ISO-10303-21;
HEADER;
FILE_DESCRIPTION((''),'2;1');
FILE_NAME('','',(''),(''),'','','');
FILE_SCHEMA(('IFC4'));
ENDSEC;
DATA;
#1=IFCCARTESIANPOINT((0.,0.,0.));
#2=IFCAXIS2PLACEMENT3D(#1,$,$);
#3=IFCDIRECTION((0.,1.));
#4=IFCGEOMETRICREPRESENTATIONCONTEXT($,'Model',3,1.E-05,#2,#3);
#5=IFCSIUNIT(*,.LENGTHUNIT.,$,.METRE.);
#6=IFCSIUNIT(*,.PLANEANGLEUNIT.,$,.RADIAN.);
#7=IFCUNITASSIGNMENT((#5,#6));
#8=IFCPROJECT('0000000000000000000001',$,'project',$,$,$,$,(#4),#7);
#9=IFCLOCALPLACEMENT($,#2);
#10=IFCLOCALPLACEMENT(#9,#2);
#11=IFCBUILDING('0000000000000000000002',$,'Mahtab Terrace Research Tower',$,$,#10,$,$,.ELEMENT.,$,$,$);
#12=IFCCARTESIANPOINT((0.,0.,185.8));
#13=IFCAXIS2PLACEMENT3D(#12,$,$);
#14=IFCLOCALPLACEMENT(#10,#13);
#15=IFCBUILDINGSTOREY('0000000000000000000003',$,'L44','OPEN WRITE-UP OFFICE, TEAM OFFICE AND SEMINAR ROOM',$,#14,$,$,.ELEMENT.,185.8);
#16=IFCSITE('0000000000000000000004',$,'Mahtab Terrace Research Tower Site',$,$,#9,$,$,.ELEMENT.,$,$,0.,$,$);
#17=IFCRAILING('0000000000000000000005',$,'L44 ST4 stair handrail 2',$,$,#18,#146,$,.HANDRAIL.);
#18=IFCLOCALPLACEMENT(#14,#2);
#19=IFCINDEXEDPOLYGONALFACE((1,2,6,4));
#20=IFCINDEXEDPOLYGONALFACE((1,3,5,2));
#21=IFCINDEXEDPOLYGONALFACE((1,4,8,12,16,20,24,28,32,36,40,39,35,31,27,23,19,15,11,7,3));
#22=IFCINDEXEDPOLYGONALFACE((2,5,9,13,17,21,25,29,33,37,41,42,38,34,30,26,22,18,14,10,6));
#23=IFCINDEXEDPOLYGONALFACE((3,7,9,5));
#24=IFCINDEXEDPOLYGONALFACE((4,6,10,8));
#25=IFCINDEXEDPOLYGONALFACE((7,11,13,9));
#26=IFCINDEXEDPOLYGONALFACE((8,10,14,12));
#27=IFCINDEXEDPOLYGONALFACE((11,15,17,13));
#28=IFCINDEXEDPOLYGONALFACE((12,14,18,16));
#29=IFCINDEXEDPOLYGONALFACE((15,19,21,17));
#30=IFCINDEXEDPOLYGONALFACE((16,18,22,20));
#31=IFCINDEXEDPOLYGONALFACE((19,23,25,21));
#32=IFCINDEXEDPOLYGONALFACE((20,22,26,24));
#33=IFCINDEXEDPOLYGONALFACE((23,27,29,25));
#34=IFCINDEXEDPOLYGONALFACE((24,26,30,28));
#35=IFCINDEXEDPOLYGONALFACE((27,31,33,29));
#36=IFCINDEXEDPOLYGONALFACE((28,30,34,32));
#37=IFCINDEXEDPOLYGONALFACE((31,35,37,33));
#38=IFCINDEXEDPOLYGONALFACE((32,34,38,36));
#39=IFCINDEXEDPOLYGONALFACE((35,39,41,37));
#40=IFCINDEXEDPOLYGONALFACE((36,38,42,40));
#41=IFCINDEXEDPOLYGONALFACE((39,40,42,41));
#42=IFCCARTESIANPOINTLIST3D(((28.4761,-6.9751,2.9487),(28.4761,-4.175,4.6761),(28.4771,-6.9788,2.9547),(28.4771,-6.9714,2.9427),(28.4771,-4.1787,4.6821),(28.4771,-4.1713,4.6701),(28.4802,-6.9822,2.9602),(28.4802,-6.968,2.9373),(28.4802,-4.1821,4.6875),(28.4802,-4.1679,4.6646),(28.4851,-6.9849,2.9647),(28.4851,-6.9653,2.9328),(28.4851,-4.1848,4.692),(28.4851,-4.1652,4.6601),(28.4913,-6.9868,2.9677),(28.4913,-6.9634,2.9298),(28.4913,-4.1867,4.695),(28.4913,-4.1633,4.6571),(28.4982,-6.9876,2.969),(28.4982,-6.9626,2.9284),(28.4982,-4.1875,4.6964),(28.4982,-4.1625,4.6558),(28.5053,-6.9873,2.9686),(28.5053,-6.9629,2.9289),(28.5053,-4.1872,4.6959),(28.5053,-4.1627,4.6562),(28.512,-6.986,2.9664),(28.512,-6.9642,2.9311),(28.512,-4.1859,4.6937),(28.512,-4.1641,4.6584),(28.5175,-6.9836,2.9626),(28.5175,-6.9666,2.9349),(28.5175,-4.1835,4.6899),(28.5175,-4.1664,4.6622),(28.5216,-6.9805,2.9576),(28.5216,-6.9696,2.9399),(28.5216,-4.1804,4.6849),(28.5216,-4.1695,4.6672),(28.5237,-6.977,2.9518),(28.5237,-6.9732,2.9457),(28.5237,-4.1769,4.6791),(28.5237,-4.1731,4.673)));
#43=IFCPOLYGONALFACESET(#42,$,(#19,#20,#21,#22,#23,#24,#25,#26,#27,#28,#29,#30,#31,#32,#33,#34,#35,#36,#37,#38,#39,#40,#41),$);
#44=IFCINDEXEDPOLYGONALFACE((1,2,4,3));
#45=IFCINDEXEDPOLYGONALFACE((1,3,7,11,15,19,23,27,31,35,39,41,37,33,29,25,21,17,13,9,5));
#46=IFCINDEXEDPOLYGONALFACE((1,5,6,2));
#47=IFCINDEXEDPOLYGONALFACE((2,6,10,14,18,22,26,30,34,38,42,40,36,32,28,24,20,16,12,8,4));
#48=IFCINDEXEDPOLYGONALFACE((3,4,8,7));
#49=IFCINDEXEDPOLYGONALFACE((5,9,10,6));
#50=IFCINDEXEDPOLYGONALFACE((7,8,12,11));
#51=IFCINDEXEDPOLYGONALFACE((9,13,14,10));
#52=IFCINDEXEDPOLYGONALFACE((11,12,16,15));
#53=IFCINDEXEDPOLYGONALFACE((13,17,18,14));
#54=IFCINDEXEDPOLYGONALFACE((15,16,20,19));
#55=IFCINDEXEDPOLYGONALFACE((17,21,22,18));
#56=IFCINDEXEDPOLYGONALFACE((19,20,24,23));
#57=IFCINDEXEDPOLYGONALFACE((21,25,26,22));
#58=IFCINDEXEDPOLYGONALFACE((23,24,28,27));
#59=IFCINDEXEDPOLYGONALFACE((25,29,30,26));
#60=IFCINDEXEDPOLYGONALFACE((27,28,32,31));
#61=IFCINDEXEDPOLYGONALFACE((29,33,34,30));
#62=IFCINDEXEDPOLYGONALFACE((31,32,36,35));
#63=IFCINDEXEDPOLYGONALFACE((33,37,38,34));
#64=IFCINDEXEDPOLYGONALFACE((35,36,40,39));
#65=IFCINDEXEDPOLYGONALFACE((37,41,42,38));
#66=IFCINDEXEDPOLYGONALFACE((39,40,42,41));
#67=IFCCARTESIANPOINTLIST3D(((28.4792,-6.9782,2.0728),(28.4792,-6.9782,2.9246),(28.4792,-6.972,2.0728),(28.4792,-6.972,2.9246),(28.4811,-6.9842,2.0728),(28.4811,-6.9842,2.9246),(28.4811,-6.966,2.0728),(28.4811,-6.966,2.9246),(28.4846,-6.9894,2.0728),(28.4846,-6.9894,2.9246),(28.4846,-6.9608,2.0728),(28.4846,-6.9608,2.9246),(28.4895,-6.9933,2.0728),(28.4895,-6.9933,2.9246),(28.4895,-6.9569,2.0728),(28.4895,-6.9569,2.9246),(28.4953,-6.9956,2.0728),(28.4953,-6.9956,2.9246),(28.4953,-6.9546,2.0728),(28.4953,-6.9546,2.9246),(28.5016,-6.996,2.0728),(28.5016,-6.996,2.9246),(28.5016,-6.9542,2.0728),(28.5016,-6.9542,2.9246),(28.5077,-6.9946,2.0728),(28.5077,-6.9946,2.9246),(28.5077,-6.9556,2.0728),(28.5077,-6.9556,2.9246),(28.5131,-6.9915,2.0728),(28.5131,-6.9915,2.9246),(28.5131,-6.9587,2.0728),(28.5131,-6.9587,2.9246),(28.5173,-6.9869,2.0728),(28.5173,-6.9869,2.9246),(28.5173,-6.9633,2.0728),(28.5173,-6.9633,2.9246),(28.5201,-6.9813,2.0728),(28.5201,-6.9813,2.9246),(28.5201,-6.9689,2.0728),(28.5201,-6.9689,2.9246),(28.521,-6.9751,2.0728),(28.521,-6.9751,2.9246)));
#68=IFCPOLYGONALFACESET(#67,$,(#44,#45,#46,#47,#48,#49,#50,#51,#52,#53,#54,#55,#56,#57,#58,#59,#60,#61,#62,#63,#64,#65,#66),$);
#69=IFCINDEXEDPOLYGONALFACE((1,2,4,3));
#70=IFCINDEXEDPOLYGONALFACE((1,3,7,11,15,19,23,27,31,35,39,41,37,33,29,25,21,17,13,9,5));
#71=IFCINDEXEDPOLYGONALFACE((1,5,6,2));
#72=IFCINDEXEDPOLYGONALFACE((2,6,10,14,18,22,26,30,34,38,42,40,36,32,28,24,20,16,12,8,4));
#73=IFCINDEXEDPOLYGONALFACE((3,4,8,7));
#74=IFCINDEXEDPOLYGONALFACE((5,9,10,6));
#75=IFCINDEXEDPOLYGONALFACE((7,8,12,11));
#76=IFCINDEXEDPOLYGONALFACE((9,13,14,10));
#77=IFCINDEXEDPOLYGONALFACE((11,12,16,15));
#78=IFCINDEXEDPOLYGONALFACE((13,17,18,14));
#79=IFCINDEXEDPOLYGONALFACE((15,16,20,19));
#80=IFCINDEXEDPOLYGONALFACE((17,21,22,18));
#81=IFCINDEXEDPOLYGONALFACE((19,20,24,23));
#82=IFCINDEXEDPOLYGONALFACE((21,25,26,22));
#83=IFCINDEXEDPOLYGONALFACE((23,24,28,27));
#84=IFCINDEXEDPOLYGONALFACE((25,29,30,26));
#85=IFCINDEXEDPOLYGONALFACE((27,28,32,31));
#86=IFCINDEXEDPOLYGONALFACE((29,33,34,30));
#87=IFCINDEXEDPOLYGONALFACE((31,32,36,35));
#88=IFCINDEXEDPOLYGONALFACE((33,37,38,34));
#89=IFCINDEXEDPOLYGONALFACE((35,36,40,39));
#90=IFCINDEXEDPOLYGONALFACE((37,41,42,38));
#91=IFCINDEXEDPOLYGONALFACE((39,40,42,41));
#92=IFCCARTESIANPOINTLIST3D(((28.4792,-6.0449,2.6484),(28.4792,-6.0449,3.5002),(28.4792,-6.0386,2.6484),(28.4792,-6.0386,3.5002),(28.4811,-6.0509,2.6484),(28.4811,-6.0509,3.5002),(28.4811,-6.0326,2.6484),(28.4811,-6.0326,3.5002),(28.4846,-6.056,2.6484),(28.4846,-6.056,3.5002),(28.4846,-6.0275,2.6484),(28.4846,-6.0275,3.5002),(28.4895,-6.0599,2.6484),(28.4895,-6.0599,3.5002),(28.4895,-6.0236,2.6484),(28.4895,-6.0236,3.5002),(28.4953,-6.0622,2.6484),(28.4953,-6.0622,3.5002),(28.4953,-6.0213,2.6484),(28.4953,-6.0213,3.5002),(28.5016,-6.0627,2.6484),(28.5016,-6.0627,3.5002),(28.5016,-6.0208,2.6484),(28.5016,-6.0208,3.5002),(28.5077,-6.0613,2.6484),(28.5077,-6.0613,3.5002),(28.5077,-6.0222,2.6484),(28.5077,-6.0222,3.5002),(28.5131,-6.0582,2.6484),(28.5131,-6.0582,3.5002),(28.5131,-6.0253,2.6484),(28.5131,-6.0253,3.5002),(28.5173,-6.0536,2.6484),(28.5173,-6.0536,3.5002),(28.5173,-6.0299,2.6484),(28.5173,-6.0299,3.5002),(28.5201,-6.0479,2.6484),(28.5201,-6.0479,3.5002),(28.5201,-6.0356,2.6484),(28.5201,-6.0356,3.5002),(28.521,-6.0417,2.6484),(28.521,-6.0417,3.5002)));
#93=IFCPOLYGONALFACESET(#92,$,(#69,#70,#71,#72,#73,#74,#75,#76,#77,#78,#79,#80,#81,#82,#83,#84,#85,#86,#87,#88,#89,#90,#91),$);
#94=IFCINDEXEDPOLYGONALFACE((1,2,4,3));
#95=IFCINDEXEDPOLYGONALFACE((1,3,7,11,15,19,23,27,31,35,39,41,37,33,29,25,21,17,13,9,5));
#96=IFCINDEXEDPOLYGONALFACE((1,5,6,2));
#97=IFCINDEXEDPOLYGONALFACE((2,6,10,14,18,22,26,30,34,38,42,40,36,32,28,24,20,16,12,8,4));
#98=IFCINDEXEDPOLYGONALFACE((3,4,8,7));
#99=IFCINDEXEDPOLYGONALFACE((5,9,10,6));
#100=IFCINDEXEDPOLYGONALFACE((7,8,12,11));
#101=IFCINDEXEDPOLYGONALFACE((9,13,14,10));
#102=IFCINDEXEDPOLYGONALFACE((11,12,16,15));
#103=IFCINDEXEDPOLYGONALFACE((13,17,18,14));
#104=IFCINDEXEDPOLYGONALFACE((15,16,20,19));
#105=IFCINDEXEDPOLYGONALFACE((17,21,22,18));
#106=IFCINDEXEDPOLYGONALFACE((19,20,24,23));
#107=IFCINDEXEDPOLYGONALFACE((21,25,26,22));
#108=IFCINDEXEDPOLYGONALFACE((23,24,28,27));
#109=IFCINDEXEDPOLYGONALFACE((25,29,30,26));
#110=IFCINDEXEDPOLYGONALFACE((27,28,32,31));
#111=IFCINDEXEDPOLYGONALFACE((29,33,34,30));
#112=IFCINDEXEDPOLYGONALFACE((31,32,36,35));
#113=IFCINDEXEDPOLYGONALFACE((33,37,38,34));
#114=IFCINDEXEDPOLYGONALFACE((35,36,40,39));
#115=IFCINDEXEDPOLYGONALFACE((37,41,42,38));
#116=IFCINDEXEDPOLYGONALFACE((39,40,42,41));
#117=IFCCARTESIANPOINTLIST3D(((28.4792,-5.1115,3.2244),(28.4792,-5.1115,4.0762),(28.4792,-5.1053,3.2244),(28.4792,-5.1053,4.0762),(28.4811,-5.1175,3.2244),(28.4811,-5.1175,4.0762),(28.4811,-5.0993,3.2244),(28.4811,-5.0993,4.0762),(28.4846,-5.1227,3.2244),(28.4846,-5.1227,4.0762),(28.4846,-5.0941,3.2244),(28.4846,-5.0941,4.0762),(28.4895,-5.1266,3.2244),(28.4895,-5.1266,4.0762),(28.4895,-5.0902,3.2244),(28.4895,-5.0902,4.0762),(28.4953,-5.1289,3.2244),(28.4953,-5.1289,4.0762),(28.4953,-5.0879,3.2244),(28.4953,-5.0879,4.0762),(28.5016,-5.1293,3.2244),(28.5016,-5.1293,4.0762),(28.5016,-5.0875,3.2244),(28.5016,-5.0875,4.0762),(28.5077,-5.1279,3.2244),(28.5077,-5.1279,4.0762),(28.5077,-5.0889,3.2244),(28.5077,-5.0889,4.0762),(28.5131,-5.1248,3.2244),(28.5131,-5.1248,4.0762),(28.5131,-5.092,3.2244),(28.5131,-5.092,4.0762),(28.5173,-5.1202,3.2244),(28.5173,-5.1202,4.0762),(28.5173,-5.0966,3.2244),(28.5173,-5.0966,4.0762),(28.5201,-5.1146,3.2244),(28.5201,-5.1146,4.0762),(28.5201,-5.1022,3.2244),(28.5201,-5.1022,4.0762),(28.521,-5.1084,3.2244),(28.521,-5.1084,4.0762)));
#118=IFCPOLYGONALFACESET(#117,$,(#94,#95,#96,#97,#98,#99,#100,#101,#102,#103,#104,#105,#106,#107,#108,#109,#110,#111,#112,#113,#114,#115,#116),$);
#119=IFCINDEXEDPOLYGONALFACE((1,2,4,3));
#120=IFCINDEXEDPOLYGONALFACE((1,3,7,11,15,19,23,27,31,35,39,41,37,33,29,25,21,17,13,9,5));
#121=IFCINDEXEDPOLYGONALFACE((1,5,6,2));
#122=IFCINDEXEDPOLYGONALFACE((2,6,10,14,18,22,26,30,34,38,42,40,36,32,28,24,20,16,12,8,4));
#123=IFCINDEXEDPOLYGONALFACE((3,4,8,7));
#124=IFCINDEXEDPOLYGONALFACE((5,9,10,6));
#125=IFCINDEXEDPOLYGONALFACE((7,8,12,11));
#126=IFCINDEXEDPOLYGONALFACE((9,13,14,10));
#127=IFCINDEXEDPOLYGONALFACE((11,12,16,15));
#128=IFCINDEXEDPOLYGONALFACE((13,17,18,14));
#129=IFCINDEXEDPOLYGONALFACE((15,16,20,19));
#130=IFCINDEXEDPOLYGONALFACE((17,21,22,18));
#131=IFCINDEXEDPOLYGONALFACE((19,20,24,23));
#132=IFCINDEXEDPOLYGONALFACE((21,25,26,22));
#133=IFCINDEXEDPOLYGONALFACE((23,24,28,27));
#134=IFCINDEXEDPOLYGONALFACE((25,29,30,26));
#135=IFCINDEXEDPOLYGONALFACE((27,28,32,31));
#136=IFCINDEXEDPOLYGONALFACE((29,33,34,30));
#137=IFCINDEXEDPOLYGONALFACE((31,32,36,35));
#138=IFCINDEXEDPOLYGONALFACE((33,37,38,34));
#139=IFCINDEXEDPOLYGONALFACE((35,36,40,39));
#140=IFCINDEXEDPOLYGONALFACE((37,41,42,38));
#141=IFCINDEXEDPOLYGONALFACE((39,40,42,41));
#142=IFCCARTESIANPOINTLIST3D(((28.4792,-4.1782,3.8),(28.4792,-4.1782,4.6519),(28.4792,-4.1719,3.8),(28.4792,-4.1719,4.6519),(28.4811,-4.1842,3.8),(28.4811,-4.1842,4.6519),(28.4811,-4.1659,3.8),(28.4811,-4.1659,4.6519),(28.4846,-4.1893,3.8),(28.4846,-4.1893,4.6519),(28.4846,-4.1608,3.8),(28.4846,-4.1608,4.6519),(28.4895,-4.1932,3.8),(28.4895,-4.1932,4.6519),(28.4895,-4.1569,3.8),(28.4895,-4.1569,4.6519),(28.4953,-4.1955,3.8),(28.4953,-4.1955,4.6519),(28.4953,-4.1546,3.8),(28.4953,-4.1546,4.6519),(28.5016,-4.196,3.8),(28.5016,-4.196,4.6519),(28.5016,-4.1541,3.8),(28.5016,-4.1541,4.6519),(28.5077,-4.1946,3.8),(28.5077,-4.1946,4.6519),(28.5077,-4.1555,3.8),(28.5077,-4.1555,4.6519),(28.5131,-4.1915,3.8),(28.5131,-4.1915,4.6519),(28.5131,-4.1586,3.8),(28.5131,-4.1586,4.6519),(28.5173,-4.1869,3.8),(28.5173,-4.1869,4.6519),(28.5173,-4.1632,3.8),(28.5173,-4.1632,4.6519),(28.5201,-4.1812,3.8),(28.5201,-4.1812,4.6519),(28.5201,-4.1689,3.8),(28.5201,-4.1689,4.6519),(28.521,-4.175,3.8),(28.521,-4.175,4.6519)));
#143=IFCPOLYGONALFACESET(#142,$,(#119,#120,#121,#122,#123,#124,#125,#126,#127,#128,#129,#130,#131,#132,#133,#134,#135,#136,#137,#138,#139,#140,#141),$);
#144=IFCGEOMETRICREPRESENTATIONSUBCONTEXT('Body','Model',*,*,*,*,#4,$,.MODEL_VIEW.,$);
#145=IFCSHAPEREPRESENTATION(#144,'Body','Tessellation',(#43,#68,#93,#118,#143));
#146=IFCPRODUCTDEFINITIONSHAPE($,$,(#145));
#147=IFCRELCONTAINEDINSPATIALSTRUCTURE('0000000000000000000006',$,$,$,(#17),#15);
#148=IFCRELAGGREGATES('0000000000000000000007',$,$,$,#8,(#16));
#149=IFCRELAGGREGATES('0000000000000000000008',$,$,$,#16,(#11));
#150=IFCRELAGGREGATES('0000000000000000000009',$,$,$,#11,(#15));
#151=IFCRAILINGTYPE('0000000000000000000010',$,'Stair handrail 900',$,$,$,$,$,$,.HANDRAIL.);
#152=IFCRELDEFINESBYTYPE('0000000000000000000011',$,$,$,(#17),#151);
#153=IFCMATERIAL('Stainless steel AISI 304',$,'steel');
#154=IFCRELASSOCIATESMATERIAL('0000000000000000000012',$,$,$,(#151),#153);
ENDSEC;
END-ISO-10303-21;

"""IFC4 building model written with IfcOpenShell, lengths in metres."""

from ifc_helpers import new_model, si_unit, direction, frame, origin, origin_2d, place, context, subcontext, project, spatial, circle, extrude, material, type_object, element, save


model = new_model("IFC4")

# Units and contexts
model_context = context("Model", 3, precision=1e-05, world=origin(), true_north=direction((0.0, 1.0)))
body_context = subcontext(model_context, "Body", "Model", "MODEL_VIEW")
ifc_project = project(units=[si_unit("LENGTHUNIT", "METRE"), si_unit("PLANEANGLEUNIT", "RADIAN")], contexts=[model_context])

# Site, building, storey
site_placement = place(None, origin())
site = spatial("IfcSite", under=ifc_project, at=site_placement, Name="Mahtab Terrace Research Tower Site", CompositionType="ELEMENT", RefElevation=0.0)
building_placement = place(site_placement, origin())
building = spatial("IfcBuilding", under=site, at=building_placement, Name="Mahtab Terrace Research Tower", CompositionType="ELEMENT")
storey_placement = place(building_placement, frame((0.0, 0.0, 185.8)))
storey = spatial("IfcBuildingStorey", under=building, at=storey_placement, Name="L44", Description="OPEN WRITE-UP OFFICE, TEAM OFFICE AND SEMINAR ROOM", CompositionType="ELEMENT", Elevation=185.8)

# Railing
ifc_material_1 = material(Name="Stainless steel AISI 304", Category="steel")
railing_type_1 = type_object("IfcRailingType", Name="Stair handrail 900", PredefinedType="HANDRAIL", material=ifc_material_1)
railing_1_placement = place(storey_placement, frame((28.5, -6.9751, 2.0728)))
element("IfcRailing", 1, at=railing_1_placement, inside=storey, type_object=railing_type_1, Name="L44 ST4 stair handrail 2", PredefinedType="HANDRAIL", context=body_context, shape_type="SweptSolid", body=[
    extrude(circle(Radius=0.0239, at=origin_2d()), frame((0.0, 0.0, 0.876), z_axis=(0.0, 0.85109, 0.52502), x_axis=(-1.0, 0.0, 0.0)), (0.0, 0.0, 1.0), 3.29),
    extrude(circle(Radius=0.021, at=origin_2d()), origin(), (0.0, 0.0, 1.0), 0.8518),
    extrude(circle(Radius=0.021, at=origin_2d()), frame((0.0, 0.9333, 0.5757)), (0.0, 0.0, 1.0), 0.8518),
    extrude(circle(Radius=0.021, at=origin_2d()), frame((0.0, 1.8667, 1.1516)), (0.0, 0.0, 1.0), 0.8518),
    extrude(circle(Radius=0.021, at=origin_2d()), frame((0.0, 2.8, 1.7273)), (0.0, 0.0, 1.0), 0.8518),
])

save(model, "model.ifc")
